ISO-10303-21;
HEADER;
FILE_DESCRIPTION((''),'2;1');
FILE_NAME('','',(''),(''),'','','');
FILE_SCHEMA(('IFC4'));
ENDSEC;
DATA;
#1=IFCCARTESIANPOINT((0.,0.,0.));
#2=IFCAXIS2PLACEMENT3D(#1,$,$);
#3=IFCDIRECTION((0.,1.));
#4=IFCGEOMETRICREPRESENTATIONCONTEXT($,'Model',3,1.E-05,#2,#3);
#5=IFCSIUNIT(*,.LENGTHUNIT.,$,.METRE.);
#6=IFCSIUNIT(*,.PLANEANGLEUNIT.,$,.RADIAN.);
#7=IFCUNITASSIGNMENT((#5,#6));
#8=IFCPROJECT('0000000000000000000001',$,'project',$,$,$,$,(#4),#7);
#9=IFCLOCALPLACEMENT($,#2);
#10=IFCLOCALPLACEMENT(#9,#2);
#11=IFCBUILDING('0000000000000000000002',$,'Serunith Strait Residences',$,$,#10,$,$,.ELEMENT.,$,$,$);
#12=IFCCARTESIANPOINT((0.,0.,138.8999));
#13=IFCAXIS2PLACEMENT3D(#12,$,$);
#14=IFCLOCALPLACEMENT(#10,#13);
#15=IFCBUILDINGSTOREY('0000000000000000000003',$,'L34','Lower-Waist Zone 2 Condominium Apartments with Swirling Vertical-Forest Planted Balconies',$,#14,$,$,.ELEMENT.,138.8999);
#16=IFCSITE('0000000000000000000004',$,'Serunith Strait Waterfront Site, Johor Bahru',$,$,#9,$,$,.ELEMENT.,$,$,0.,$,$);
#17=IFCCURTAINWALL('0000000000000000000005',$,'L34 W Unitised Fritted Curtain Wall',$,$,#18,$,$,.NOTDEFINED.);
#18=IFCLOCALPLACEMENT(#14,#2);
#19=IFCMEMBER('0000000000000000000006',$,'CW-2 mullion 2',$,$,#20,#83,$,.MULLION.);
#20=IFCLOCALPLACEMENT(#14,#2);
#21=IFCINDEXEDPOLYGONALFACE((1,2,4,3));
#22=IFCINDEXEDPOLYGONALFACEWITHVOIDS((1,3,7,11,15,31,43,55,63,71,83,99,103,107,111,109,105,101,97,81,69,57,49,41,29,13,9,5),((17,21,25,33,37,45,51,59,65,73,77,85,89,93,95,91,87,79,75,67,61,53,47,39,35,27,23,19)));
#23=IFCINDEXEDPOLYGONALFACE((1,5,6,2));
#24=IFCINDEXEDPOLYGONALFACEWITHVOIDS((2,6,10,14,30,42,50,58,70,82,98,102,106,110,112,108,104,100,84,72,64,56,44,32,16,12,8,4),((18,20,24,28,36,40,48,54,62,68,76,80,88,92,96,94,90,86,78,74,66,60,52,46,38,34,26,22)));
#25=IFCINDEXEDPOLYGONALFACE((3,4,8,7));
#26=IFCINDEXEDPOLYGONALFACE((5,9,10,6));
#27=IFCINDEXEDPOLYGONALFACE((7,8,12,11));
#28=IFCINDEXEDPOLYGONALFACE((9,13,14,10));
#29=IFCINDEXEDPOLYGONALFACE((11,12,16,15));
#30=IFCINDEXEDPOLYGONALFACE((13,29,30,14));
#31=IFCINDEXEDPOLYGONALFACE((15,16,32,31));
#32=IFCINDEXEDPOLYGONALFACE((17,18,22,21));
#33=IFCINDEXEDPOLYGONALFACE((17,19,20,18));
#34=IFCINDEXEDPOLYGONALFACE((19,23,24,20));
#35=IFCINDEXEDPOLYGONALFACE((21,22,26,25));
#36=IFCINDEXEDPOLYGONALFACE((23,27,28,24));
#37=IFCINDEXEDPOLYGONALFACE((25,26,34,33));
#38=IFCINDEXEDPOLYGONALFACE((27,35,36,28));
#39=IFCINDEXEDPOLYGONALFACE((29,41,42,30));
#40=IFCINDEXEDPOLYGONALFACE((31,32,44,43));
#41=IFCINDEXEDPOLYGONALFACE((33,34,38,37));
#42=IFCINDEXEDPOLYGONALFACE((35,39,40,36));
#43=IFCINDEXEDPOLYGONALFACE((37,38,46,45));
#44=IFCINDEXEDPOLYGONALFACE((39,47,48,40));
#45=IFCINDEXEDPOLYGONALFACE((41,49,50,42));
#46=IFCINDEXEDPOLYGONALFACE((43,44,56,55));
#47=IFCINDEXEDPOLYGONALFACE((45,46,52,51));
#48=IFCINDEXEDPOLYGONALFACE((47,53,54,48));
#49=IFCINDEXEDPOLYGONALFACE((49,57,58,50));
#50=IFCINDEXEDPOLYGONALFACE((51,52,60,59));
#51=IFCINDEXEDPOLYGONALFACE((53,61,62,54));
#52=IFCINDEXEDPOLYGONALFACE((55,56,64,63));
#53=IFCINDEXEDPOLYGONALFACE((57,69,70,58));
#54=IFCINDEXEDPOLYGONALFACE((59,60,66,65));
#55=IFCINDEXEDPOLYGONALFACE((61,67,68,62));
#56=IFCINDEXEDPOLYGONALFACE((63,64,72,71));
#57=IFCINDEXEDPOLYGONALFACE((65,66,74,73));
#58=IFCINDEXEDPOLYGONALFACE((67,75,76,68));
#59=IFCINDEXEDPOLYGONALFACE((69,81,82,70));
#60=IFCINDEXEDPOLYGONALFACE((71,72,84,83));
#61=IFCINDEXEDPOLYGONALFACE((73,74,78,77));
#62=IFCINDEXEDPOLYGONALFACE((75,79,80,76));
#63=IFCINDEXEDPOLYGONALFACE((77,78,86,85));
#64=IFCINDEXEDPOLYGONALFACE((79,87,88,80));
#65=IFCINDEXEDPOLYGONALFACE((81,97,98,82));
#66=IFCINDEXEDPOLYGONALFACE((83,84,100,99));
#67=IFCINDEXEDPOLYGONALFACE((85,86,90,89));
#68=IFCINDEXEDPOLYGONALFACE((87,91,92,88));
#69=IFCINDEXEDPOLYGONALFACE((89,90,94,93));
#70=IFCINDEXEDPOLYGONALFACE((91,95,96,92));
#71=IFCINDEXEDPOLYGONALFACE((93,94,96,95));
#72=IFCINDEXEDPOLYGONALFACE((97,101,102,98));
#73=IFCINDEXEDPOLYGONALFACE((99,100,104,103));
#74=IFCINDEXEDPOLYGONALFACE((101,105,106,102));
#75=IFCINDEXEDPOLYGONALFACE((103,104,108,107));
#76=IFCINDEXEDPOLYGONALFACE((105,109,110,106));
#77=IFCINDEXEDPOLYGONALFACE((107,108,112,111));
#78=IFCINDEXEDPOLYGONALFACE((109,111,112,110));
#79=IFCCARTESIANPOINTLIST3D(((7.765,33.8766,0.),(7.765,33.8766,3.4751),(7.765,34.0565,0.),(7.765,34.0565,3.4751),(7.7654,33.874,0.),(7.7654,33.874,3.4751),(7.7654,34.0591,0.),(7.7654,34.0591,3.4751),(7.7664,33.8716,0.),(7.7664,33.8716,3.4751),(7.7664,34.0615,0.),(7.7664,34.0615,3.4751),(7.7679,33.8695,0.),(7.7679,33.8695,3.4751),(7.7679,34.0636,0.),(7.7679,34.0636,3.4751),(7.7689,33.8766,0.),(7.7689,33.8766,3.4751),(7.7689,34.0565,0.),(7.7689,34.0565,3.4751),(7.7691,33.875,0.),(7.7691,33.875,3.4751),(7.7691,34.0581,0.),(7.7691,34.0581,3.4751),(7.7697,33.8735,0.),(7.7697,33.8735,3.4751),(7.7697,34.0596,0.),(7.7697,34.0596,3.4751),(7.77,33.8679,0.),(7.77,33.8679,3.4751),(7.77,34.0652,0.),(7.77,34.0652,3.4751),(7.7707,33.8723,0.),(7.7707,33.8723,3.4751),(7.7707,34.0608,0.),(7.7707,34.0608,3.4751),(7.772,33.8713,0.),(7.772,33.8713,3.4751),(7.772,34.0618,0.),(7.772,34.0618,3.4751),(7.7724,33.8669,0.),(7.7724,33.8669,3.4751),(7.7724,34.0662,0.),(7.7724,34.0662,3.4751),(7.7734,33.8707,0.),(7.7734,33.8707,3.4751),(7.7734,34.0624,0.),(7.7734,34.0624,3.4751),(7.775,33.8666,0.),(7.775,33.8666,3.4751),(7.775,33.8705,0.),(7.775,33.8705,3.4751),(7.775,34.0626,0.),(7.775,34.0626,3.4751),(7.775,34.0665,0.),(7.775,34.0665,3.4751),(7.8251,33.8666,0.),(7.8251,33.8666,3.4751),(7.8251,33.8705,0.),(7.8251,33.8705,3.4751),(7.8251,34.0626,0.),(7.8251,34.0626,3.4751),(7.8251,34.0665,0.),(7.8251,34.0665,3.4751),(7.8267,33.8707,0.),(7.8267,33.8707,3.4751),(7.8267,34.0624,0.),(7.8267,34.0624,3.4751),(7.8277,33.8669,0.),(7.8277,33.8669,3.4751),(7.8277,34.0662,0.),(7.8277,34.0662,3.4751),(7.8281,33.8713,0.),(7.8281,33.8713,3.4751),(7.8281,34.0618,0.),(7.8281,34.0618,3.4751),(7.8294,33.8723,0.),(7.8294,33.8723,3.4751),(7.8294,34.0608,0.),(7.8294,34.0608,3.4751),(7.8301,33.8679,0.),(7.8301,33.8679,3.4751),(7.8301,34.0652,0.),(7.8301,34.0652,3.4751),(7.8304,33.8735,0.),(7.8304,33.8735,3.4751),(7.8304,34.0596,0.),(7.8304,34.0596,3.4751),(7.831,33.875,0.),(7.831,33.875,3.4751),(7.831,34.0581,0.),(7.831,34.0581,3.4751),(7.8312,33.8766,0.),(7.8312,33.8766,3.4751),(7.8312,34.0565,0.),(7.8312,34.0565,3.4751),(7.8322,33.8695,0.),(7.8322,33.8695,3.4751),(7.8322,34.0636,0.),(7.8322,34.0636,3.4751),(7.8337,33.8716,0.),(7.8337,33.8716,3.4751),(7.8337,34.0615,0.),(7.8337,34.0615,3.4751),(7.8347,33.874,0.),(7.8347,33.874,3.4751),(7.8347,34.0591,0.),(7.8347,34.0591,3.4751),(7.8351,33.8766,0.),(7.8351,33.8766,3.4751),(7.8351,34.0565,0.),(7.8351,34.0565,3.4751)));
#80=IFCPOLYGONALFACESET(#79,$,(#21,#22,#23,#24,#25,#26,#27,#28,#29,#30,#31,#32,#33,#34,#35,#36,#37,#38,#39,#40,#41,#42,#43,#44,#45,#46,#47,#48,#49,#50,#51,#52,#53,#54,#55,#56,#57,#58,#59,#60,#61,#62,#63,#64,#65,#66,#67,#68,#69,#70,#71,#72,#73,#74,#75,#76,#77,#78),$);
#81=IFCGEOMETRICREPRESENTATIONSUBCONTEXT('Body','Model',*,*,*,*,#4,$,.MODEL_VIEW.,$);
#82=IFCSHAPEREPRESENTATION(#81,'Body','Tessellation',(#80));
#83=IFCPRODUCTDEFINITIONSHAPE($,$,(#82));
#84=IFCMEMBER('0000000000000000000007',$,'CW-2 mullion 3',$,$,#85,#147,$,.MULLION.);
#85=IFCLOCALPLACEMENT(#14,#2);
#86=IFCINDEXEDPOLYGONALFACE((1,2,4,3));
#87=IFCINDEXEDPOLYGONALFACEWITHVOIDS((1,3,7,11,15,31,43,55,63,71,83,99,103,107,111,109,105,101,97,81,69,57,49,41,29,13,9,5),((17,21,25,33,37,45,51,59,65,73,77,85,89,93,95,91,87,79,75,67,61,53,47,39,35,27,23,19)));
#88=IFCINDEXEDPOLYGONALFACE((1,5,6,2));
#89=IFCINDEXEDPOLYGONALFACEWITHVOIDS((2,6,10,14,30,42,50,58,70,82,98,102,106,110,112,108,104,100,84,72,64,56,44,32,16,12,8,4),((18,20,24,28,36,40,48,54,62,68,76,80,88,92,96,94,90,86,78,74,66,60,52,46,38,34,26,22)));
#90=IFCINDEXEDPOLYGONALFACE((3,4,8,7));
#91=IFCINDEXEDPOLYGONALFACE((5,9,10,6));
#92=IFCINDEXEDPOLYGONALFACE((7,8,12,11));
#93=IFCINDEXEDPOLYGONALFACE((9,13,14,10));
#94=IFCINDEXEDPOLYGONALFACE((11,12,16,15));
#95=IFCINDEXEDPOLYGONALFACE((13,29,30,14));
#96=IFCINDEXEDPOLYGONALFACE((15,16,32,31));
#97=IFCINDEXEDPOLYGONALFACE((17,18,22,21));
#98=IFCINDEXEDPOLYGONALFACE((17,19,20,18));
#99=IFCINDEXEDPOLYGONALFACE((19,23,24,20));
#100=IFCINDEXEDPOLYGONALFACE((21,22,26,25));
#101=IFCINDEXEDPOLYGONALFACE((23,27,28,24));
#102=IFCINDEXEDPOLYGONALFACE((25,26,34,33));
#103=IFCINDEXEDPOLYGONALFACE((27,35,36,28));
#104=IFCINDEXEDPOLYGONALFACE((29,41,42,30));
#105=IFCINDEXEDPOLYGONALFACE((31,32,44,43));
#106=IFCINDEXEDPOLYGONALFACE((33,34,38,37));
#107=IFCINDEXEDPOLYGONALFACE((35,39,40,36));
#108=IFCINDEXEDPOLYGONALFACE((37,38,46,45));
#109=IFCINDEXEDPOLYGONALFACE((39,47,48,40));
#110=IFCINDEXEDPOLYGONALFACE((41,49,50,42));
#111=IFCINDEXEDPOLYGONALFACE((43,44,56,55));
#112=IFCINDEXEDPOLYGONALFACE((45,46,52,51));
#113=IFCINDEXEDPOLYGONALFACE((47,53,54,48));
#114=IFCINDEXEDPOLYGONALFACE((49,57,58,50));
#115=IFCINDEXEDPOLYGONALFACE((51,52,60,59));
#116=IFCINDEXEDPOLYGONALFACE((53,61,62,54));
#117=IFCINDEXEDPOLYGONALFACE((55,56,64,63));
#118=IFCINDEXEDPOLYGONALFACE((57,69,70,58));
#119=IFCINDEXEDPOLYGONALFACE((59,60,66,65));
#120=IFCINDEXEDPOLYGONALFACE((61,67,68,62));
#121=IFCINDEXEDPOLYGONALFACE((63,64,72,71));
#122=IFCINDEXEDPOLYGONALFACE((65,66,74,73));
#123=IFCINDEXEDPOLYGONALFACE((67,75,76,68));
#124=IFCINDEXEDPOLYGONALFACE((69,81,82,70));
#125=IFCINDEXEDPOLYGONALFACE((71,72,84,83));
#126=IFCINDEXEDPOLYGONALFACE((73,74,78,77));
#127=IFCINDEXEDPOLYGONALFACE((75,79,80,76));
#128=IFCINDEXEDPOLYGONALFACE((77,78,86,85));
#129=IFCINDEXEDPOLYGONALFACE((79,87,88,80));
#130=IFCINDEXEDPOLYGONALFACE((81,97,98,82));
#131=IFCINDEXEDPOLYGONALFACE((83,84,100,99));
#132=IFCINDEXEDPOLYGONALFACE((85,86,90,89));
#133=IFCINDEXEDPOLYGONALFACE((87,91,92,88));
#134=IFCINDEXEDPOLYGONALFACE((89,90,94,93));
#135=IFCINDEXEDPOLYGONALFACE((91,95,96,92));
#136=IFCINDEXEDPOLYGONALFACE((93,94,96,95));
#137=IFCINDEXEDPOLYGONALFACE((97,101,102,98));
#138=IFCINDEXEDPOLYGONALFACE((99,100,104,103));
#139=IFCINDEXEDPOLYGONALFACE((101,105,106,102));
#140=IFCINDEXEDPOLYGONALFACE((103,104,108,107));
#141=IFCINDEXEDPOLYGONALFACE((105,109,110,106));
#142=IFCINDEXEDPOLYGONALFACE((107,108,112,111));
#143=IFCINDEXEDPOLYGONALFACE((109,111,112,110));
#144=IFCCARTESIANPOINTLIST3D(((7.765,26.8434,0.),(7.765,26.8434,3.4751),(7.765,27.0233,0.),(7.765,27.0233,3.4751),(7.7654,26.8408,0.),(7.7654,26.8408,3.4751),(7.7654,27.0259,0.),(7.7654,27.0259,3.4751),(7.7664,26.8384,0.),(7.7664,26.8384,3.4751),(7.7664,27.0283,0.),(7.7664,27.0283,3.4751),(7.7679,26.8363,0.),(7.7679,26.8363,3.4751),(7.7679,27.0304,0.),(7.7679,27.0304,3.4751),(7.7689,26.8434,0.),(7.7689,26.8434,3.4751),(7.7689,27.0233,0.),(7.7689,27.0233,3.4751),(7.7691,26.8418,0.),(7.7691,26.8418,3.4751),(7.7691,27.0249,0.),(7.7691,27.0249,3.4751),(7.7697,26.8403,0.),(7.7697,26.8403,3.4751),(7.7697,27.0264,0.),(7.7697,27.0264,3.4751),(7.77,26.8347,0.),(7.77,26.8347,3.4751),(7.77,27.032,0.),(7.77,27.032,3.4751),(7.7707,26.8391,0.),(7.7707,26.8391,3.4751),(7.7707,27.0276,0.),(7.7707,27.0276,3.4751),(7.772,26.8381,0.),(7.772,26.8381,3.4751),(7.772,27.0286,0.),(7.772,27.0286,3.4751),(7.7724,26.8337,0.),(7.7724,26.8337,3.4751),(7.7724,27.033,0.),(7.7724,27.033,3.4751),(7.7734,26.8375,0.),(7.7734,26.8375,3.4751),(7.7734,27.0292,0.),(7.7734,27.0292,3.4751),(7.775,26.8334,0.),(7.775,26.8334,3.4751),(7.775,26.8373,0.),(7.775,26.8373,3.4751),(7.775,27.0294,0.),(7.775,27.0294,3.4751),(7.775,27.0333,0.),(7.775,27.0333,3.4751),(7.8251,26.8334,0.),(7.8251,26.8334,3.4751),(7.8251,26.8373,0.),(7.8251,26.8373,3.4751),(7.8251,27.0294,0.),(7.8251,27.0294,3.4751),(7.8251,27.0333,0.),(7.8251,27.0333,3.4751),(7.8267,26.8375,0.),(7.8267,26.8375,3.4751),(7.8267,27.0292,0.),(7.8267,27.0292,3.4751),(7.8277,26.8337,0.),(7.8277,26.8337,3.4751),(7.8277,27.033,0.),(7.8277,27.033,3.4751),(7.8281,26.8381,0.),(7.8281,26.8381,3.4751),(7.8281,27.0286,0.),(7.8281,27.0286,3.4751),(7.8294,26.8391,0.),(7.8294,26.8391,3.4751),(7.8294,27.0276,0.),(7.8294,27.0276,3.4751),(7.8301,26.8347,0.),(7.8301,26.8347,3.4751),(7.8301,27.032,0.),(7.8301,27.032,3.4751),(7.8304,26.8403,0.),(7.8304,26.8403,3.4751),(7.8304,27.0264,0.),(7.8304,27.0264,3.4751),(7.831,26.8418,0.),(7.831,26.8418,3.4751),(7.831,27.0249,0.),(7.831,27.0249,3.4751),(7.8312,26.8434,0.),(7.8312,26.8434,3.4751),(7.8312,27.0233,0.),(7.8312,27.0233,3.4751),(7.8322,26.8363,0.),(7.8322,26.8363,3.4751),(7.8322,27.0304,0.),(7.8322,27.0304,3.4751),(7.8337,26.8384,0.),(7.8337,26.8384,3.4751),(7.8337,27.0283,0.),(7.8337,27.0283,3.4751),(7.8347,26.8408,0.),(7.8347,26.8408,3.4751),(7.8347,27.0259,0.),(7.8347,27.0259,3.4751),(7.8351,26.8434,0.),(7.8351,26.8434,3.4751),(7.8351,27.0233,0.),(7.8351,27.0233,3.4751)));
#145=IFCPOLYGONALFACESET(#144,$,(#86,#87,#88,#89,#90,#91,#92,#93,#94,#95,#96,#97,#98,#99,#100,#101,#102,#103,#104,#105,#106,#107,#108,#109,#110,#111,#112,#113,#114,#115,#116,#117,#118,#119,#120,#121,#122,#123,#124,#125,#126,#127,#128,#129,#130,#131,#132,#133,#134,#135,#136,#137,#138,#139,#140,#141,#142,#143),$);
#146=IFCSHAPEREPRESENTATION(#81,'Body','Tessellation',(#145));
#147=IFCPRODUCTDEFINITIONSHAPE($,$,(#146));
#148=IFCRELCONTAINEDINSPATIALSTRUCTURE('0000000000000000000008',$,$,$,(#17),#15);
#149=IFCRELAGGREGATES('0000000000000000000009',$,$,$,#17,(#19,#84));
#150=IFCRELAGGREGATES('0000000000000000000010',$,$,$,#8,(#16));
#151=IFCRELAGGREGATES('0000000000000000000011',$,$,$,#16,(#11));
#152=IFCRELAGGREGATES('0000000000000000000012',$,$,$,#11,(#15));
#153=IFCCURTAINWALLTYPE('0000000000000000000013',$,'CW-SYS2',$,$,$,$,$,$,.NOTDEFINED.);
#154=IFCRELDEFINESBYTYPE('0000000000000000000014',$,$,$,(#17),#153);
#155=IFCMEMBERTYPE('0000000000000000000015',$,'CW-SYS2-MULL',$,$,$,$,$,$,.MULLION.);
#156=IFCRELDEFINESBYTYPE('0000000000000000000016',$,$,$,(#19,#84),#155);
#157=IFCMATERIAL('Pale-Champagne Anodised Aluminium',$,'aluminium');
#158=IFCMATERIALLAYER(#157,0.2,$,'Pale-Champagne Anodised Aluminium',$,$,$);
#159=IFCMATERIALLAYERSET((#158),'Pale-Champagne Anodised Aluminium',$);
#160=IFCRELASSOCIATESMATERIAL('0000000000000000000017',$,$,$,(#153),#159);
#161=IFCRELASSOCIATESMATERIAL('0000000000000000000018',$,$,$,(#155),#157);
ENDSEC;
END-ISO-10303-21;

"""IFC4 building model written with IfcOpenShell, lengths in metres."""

from ifc_helpers import new_model, si_unit, direction, frame, origin, origin_2d, place, context, subcontext, project, spatial, hollow_rectangle, extrude, source, transform, mapped, material, layer, layer_set, material_profile, profile_set, type_object, element, aggregate, save


model = new_model("IFC4")

# Units and contexts
model_context = context("Model", 3, precision=1e-05, world=origin(), true_north=direction((0.0, 1.0)))
body_context = subcontext(model_context, "Body", "Model", "MODEL_VIEW")
ifc_project = project(units=[si_unit("LENGTHUNIT", "METRE"), si_unit("PLANEANGLEUNIT", "RADIAN")], contexts=[model_context])

# Site, building, storey
site_placement = place(None, origin())
site = spatial("IfcSite", under=ifc_project, at=site_placement, Name="Serunith Strait Waterfront Site, Johor Bahru", CompositionType="ELEMENT", RefElevation=0.0)
building_placement = place(site_placement, origin())
building = spatial("IfcBuilding", under=site, at=building_placement, Name="Serunith Strait Residences", CompositionType="ELEMENT")
storey_placement = place(building_placement, frame((0.0, 0.0, 138.8999)))
storey = spatial("IfcBuildingStorey", under=building, at=storey_placement, Name="L34", Description="Lower-Waist Zone 2 Condominium Apartments with Swirling Vertical-Forest Planted Balconies", CompositionType="ELEMENT", Elevation=138.8999)

# Curtain wall, members
ifc_material_1 = material(Name="Pale-Champagne Anodised Aluminium", Category="aluminium")
ifc_layer_1 = layer(ifc_material_1, 0.2, Name="Pale-Champagne Anodised Aluminium")
ifc_layer_set_1 = layer_set([ifc_layer_1], Name="Pale-Champagne Anodised Aluminium")
curtain_wall_type = type_object("IfcCurtainWallType", Name="CW-SYS2", PredefinedType="NOTDEFINED", material=ifc_layer_set_1)
curtain_wall_placement = place(storey_placement, origin())
curtain_wall = element("IfcCurtainWall", 1, at=curtain_wall_placement, inside=storey, type_object=curtain_wall_type, Name="L34 W Unitised Fritted Curtain Wall", PredefinedType="NOTDEFINED")
ifc_material_profile_1 = material_profile(ifc_material_1, hollow_rectangle(XDim=0.0701, YDim=0.2, WallThickness=0.0039, InnerFilletRadius=0.0061, OuterFilletRadius=0.01, at=origin_2d()), Name="ALU 200x70x4")
ifc_profile_set_1 = profile_set([ifc_material_profile_1], Name="Pale-Champagne Anodised Aluminium")
member_type_1 = type_object("IfcMemberType", Name="CW-SYS2-MULL", PredefinedType="MULLION", material=ifc_profile_set_1)
shared_shape_1 = source(origin(), body_context, "Body", "SweptSolid", [
    extrude(hollow_rectangle(XDim=0.0701, YDim=0.2, WallThickness=0.0039, InnerFilletRadius=0.0061, OuterFilletRadius=0.01, at=origin_2d()), origin(), (0.0, 0.0, 1.0), 3.4751),
])
member_1_placement = place(storey_placement, frame((7.8, 33.9666, 0.0), z_axis=(0.0, 0.0, 1.0), x_axis=(1.0, 0.0, 0.0)))
member_1 = element("IfcMember", 2, at=member_1_placement, type_object=member_type_1, Name="CW-2 mullion 2", PredefinedType="MULLION", context=body_context, shape_type="MappedRepresentation", body=[
    mapped(shared_shape_1, transform((0.0, 0.0, 0.0), scale=1.0)),
])
member_2_placement = place(storey_placement, frame((7.8, 26.9333, 0.0), z_axis=(0.0, 0.0, 1.0), x_axis=(1.0, 0.0, 0.0)))
member_2 = element("IfcMember", 3, at=member_2_placement, type_object=member_type_1, Name="CW-2 mullion 3", PredefinedType="MULLION", context=body_context, shape_type="MappedRepresentation", body=[
    mapped(shared_shape_1, transform((0.0, 0.0, 0.0), scale=1.0)),
])
aggregate(curtain_wall, [member_1, member_2])

save(model, "model.ifc")
